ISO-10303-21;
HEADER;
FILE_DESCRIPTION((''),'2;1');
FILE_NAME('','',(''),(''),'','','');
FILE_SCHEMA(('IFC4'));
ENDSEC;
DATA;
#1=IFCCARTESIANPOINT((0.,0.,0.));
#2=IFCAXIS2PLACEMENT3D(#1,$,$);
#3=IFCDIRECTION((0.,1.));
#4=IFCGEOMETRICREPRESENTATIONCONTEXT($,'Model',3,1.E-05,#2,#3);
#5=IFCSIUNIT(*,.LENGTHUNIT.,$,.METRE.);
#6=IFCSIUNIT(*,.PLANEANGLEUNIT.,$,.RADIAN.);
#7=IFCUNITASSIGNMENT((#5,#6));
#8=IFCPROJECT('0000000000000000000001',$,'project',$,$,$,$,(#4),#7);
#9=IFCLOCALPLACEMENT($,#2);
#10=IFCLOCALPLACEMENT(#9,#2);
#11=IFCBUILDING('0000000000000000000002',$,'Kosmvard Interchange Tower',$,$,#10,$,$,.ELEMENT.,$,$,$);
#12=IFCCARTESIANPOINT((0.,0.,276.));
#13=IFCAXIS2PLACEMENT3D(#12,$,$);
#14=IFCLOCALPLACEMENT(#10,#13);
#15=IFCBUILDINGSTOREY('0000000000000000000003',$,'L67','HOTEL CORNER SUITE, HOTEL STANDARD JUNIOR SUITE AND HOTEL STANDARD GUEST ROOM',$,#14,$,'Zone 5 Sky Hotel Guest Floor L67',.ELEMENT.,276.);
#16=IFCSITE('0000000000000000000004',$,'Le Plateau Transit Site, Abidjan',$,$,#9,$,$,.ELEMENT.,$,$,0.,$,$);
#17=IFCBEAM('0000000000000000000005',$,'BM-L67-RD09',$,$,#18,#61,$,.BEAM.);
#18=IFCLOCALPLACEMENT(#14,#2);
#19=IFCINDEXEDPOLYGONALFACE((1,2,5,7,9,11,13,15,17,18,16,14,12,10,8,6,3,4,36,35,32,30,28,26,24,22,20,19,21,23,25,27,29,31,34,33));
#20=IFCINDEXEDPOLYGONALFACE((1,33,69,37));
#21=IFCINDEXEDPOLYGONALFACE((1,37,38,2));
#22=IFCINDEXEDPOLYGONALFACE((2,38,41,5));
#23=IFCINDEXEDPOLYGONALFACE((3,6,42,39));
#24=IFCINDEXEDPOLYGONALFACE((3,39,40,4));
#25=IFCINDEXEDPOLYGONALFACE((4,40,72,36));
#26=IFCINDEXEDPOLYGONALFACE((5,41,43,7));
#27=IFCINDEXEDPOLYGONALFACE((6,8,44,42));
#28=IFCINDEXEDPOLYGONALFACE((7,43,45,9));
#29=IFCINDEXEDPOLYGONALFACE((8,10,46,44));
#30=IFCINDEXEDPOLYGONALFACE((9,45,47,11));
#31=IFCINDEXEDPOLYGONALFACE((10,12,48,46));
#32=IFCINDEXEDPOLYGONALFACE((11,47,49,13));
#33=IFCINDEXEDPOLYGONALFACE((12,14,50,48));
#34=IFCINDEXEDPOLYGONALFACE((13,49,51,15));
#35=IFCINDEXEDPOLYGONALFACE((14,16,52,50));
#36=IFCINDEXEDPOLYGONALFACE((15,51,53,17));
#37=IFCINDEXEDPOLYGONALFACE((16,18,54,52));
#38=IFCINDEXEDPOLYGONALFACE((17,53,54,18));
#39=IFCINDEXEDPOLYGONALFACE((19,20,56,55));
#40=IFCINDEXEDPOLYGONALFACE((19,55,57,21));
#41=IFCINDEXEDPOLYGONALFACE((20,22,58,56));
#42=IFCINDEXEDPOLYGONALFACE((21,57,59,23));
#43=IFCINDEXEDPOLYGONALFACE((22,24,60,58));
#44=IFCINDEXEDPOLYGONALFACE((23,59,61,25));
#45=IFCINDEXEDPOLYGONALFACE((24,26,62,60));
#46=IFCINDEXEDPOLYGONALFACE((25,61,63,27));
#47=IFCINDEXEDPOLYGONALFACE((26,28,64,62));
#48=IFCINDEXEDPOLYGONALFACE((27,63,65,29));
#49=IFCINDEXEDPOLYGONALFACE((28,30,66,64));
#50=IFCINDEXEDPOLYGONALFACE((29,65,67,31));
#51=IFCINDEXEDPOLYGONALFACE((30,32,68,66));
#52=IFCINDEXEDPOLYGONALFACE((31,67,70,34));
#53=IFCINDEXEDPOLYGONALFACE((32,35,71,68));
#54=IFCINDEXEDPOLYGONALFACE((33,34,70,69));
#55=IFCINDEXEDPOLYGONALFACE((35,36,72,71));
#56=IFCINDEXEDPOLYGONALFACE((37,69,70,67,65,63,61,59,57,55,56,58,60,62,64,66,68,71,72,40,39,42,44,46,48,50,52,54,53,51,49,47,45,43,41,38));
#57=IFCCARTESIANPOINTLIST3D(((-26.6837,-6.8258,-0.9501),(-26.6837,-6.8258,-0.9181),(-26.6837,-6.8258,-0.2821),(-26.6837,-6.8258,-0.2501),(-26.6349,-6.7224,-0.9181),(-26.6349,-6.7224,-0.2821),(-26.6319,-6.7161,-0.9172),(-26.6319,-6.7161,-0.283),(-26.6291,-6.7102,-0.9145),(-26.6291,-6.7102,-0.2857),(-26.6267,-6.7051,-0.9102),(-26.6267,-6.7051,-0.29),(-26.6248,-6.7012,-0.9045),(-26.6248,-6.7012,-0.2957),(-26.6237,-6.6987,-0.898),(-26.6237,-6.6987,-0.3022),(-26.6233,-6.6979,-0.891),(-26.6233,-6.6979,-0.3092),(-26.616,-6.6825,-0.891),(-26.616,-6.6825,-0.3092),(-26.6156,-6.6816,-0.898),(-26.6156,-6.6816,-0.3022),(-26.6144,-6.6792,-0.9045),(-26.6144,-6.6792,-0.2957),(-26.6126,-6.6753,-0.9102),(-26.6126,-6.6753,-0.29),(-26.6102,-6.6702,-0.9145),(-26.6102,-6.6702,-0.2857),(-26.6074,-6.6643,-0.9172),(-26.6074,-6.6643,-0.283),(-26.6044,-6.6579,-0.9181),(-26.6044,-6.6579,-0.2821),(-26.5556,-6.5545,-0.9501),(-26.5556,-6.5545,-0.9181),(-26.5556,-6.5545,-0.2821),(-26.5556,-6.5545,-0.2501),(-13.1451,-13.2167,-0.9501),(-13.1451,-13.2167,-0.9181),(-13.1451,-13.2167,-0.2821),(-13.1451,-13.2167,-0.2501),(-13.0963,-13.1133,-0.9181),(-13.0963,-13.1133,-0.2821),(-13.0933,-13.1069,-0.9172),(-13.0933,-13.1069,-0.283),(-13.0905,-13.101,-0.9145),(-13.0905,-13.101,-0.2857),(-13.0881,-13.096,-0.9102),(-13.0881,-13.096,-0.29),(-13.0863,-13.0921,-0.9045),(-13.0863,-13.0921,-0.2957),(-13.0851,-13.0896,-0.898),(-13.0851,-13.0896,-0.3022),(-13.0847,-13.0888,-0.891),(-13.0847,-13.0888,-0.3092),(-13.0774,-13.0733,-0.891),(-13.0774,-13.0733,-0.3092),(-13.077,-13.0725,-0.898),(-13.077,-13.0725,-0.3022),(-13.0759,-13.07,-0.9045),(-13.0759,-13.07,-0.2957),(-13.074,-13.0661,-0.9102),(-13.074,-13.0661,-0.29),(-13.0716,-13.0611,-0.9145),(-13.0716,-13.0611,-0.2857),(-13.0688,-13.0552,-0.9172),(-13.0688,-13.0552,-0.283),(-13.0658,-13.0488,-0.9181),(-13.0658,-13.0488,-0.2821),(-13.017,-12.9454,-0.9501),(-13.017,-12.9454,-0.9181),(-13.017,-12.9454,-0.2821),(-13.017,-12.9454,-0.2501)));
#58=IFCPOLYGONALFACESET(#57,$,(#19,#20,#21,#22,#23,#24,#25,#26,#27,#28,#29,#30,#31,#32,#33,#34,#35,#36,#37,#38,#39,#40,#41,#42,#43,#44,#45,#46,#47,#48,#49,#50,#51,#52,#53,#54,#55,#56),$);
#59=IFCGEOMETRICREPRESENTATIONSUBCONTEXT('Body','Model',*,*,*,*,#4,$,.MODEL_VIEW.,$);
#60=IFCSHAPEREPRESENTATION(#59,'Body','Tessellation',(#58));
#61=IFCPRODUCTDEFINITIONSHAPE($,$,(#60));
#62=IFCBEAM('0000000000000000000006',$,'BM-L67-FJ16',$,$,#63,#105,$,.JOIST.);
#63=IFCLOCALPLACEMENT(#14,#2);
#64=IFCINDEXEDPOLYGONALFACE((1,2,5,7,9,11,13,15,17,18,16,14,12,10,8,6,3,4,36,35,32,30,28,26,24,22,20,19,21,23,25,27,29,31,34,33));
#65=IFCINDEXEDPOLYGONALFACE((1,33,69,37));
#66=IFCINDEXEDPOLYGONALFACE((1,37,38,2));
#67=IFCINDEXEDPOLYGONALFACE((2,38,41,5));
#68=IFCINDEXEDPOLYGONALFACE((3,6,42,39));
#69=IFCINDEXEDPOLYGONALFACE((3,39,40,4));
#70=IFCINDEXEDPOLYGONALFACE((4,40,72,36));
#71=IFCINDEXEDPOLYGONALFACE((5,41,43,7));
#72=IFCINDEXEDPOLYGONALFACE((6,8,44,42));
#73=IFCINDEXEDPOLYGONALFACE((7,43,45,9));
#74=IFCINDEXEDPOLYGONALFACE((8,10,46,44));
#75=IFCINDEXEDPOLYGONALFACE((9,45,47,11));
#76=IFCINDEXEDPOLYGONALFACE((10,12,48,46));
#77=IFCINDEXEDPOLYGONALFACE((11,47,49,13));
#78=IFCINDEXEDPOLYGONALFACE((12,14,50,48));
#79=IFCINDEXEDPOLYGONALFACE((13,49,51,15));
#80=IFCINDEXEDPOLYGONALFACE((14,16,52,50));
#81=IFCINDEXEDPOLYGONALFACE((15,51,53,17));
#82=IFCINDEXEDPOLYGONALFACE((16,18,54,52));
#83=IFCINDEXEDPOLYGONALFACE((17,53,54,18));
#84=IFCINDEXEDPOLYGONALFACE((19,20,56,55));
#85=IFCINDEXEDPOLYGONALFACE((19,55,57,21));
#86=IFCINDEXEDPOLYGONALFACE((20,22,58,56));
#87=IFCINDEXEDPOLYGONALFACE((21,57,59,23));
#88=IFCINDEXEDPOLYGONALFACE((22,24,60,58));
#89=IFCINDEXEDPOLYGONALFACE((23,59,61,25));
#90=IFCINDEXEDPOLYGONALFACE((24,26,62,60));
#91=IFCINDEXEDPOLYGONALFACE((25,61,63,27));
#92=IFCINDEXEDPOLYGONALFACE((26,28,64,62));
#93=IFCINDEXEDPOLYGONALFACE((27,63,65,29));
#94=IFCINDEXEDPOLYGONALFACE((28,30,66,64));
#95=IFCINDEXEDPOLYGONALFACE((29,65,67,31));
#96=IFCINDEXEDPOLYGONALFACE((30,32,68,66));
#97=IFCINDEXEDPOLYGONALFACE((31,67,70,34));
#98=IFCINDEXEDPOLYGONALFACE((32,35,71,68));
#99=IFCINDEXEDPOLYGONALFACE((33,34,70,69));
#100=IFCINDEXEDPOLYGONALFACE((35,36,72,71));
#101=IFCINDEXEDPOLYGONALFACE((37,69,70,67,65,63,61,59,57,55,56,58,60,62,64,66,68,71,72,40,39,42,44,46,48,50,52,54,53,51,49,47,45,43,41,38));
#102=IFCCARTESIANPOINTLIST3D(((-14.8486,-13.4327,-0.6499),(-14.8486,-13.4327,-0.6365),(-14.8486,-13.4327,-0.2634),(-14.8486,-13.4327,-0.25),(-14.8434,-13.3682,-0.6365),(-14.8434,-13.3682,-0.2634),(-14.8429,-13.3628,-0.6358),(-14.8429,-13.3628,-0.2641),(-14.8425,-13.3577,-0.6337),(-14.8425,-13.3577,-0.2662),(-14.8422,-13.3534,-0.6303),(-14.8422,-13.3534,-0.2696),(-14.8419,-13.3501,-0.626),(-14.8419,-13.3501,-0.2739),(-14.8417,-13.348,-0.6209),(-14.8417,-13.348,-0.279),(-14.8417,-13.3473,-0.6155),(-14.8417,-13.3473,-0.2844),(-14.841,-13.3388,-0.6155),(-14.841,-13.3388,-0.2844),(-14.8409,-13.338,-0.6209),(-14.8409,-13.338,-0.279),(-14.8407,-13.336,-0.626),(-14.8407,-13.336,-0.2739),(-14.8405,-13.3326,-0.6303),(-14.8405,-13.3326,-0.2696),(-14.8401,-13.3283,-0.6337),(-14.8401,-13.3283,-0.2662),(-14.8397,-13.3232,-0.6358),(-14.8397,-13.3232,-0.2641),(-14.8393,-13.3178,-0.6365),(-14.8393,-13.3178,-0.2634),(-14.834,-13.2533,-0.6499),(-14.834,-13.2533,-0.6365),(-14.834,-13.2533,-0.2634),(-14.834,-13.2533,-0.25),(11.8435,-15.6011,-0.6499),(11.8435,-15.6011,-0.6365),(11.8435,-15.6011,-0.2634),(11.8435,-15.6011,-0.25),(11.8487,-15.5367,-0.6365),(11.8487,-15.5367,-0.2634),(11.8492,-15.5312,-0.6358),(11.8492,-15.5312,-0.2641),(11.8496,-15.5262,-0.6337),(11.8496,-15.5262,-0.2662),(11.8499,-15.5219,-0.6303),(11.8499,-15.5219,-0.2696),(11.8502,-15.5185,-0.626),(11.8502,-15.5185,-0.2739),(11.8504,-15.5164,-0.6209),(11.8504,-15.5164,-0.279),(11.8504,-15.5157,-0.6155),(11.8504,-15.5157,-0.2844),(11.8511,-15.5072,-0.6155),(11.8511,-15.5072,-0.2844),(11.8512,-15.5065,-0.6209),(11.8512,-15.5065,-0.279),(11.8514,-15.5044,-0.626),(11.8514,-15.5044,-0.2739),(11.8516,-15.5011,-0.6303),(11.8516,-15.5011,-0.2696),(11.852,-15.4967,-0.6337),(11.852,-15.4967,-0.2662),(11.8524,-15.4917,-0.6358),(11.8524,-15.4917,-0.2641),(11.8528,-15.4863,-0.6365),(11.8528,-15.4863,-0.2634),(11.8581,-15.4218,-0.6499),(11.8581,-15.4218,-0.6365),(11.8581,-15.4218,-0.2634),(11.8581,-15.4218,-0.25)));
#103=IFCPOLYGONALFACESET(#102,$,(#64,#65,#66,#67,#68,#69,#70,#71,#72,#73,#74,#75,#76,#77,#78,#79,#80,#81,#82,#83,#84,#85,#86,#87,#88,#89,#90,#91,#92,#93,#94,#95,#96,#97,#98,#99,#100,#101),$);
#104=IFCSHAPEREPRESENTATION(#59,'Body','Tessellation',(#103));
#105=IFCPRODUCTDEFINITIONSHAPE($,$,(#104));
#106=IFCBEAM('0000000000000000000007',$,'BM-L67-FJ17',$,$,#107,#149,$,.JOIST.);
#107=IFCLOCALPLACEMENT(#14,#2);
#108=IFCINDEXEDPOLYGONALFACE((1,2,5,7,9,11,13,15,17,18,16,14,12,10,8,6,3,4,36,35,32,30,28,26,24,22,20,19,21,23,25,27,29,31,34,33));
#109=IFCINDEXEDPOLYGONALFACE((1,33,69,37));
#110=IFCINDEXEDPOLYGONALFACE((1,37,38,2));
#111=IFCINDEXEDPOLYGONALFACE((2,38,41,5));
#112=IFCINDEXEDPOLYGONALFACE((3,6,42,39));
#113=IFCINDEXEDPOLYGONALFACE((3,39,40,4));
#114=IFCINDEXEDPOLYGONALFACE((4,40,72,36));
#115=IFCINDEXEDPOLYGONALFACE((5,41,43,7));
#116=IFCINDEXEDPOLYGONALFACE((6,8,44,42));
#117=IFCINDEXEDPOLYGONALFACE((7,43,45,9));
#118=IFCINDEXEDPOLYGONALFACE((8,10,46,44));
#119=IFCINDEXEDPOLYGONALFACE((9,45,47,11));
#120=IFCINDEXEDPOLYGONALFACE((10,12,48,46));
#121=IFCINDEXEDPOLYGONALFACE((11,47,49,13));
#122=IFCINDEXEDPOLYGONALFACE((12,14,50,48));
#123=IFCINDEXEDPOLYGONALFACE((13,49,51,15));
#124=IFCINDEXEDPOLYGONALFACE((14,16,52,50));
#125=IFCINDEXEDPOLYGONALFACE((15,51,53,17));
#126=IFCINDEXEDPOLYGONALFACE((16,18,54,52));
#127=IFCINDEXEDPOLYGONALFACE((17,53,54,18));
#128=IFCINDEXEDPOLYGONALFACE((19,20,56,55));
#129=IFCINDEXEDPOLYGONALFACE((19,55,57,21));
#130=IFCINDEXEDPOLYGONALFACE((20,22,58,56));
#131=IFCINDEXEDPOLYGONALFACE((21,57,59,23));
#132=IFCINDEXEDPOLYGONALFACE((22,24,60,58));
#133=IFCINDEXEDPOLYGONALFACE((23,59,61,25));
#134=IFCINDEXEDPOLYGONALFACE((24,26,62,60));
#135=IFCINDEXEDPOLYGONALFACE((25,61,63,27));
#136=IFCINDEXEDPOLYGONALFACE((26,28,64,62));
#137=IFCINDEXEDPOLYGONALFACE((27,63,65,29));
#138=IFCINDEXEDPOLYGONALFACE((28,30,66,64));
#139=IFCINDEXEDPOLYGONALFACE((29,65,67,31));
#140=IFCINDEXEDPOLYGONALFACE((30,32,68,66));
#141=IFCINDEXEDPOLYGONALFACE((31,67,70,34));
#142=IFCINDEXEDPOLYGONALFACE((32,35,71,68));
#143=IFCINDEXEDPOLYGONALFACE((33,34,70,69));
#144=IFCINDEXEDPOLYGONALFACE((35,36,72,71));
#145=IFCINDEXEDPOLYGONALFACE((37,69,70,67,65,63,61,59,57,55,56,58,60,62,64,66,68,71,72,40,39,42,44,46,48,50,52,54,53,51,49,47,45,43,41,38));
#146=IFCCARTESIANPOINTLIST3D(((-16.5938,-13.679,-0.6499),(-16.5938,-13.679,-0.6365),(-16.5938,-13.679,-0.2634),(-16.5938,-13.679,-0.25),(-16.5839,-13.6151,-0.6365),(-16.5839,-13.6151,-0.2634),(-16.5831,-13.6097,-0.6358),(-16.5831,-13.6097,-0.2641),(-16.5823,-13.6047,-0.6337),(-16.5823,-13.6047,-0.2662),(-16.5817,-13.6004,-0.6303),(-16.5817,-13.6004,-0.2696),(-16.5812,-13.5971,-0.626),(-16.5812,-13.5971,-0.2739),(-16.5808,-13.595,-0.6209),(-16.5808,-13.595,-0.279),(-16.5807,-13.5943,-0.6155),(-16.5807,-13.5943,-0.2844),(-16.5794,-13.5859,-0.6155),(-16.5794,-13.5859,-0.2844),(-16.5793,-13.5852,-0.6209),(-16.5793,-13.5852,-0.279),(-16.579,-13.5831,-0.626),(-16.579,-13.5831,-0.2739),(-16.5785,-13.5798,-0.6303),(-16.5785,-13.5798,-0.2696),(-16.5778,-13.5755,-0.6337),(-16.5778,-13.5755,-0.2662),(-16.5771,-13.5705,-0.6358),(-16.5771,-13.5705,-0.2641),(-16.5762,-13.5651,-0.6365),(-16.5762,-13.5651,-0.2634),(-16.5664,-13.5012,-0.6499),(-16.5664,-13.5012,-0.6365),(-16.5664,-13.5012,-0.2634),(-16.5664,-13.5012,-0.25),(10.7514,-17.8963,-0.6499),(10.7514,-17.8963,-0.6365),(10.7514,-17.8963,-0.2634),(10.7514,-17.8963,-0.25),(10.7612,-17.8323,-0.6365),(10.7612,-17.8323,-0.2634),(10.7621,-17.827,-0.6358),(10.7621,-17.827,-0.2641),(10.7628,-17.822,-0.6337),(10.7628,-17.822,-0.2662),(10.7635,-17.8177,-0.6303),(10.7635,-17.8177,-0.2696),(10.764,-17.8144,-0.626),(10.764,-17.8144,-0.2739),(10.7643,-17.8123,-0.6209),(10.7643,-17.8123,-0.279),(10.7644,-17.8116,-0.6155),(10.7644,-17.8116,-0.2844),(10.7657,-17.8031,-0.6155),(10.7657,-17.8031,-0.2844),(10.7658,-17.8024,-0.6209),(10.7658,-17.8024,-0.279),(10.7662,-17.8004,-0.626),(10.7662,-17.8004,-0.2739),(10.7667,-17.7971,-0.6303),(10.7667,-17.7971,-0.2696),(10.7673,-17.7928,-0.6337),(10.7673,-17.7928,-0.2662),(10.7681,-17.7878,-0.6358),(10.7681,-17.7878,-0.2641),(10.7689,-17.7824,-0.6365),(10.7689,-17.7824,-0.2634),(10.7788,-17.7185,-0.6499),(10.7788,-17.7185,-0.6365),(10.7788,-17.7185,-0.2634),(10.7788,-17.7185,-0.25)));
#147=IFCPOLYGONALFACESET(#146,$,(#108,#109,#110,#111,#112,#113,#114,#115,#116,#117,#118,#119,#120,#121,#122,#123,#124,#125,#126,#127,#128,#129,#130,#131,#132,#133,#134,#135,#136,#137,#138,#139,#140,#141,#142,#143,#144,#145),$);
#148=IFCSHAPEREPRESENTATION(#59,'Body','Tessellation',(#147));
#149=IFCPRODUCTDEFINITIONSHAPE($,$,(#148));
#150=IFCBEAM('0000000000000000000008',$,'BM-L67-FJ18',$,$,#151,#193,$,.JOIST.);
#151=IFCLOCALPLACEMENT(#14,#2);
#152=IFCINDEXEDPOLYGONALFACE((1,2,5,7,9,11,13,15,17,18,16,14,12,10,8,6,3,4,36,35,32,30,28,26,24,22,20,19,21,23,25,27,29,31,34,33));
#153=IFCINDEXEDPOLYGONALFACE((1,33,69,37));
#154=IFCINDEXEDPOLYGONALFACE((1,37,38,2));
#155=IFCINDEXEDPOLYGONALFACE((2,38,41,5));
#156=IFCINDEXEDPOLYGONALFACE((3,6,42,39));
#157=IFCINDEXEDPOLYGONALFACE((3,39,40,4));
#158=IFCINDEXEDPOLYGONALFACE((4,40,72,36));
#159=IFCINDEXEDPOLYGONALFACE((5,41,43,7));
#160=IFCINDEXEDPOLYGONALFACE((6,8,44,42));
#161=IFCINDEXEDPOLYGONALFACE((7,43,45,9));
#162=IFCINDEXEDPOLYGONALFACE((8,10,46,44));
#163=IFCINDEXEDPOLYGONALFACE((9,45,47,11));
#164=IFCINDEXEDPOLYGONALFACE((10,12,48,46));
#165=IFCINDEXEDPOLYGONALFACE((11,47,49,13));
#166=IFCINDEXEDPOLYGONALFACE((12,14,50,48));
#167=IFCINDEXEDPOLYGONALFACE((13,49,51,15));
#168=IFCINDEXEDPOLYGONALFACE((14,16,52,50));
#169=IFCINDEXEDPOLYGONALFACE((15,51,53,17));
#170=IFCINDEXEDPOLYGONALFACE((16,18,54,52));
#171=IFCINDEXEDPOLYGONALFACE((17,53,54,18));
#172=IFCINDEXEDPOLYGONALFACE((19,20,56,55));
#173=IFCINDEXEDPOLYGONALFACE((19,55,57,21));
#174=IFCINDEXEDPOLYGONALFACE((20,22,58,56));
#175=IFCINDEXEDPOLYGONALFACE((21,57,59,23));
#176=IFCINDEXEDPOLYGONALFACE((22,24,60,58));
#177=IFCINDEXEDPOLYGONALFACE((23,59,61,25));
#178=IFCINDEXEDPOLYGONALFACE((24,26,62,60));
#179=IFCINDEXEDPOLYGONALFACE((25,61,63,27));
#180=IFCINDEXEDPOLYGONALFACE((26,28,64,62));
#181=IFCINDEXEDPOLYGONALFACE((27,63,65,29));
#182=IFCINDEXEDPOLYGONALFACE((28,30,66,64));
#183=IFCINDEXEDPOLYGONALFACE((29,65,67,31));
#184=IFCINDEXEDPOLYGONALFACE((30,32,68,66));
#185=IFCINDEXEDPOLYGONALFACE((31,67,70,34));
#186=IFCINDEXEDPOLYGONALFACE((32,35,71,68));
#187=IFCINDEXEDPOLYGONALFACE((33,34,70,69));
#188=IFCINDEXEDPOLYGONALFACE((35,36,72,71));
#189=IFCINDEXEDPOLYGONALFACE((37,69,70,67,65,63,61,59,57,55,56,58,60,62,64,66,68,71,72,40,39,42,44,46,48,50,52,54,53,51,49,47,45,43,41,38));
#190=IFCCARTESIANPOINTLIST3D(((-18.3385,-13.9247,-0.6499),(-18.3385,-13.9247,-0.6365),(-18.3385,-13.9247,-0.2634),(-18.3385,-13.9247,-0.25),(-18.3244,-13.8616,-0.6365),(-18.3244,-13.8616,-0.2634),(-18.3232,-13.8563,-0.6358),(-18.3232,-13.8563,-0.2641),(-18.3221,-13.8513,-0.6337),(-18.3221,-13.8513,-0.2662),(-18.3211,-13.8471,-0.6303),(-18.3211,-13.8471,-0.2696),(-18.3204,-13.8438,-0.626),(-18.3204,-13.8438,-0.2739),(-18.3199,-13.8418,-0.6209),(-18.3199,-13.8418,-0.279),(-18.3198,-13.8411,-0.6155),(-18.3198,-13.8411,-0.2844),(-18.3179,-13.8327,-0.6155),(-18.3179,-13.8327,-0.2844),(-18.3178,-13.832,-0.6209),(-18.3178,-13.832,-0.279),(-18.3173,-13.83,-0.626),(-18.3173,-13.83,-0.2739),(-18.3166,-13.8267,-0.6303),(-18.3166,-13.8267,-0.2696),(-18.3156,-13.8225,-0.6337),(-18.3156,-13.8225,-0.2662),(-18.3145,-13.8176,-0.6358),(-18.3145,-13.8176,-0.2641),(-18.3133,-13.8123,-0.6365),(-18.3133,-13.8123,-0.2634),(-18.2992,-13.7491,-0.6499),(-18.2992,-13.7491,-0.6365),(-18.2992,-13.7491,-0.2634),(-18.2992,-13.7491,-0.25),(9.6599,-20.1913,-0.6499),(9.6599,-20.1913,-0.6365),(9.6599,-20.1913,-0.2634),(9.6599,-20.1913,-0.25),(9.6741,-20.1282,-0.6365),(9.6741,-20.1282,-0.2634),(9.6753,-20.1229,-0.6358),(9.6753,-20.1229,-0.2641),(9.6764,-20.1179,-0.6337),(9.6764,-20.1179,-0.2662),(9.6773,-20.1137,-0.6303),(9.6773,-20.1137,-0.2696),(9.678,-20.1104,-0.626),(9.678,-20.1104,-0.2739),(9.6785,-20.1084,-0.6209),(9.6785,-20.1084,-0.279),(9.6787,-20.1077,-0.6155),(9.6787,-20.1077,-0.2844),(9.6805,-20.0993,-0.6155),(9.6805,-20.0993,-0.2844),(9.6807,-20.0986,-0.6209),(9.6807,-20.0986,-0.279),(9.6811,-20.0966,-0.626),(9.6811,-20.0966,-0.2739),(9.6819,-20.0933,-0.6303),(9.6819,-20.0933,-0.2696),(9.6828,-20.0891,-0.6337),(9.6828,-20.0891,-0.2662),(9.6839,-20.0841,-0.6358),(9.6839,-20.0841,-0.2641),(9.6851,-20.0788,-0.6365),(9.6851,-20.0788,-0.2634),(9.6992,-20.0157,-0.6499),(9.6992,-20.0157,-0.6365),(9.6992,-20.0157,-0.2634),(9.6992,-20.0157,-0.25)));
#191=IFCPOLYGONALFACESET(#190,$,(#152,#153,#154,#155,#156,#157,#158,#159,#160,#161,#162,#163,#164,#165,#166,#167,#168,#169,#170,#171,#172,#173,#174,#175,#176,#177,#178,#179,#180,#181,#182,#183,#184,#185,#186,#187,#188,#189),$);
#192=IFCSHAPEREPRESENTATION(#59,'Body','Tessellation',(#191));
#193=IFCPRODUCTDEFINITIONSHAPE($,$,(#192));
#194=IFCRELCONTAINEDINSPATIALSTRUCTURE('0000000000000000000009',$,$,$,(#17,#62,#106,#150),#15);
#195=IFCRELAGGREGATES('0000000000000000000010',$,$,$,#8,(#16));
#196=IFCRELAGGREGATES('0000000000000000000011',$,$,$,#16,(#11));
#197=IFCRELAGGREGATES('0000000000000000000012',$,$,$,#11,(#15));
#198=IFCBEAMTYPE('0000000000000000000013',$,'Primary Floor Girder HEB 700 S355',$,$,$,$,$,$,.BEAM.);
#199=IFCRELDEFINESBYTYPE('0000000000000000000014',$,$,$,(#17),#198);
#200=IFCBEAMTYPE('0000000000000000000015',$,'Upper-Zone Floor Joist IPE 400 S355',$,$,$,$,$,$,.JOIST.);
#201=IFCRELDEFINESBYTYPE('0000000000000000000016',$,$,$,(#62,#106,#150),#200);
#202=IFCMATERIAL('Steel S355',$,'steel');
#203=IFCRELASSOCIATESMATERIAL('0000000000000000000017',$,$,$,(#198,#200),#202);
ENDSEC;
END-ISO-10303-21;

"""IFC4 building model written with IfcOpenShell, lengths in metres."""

from ifc_helpers import new_model, si_unit, direction, frame, origin, origin_2d, place, context, subcontext, project, spatial, i_section, extrude, source, transform, mapped, material, material_profile, profile_set, type_object, element, save


model = new_model("IFC4")

# Units and contexts
model_context = context("Model", 3, precision=1e-05, world=origin(), true_north=direction((0.0, 1.0)))
body_context = subcontext(model_context, "Body", "Model", "MODEL_VIEW")
ifc_project = project(units=[si_unit("LENGTHUNIT", "METRE"), si_unit("PLANEANGLEUNIT", "RADIAN")], contexts=[model_context])

# Site, building, storey
site_placement = place(None, origin())
site = spatial("IfcSite", under=ifc_project, at=site_placement, Name="Le Plateau Transit Site, Abidjan", CompositionType="ELEMENT", RefElevation=0.0)
building_placement = place(site_placement, origin())
building = spatial("IfcBuilding", under=site, at=building_placement, Name="Kosmvard Interchange Tower", CompositionType="ELEMENT")
storey_placement = place(building_placement, frame((0.0, 0.0, 276.0)))
storey = spatial("IfcBuildingStorey", under=building, at=storey_placement, Name="L67", Description="HOTEL CORNER SUITE, HOTEL STANDARD JUNIOR SUITE AND HOTEL STANDARD GUEST ROOM", LongName="Zone 5 Sky Hotel Guest Floor L67", CompositionType="ELEMENT", Elevation=276.0)

# Beams
ifc_material_1 = material(Name="Steel S355", Category="steel")
ifc_material_profile_1 = material_profile(ifc_material_1, i_section(OverallWidth=0.3, OverallDepth=0.7, WebThickness=0.0171, FlangeThickness=0.032, FilletRadius=0.0271, at=origin_2d()), Name="HEB 700")
ifc_profile_set_1 = profile_set([ifc_material_profile_1], Name="Steel S355")
beam_type_1 = type_object("IfcBeamType", Name="Primary Floor Girder HEB 700 S355", PredefinedType="BEAM", material=ifc_profile_set_1)
shared_shape_1 = source(origin(), body_context, "Body", "SweptSolid", [
    extrude(i_section(OverallWidth=0.3, OverallDepth=0.7, WebThickness=0.0171, FlangeThickness=0.032, FilletRadius=0.0271, at=origin_2d()), origin(), (0.0, 0.0, 1.0), 14.9712),
])
beam_1_placement = place(storey_placement, frame((-13.0811, -13.0811, -0.6001), z_axis=(-0.904309, 0.426878, 0.0), x_axis=(-0.426878, -0.904309, 0.0)))
element("IfcBeam", 1, at=beam_1_placement, inside=storey, type_object=beam_type_1, Name="BM-L67-RD09", PredefinedType="BEAM", context=body_context, shape_type="MappedRepresentation", body=[
    mapped(shared_shape_1, transform((0.0, 0.0, 0.0), scale=1.0)),
])
ifc_material_profile_2 = material_profile(ifc_material_1, i_section(OverallWidth=0.1799, OverallDepth=0.3999, WebThickness=0.0085, FlangeThickness=0.0134, FilletRadius=0.021, at=origin_2d()), Name="IPE 400")
ifc_profile_set_2 = profile_set([ifc_material_profile_2], Name="Steel S355")
beam_type_2 = type_object("IfcBeamType", Name="Upper-Zone Floor Joist IPE 400 S355", PredefinedType="JOIST", material=ifc_profile_set_2)
shared_shape_2 = source(origin(), body_context, "Body", "SweptSolid", [
    extrude(i_section(OverallWidth=0.1799, OverallDepth=0.3999, WebThickness=0.0085, FlangeThickness=0.0134, FilletRadius=0.021, at=origin_2d()), origin(), (0.0, 0.0, 1.0), 26.78),
])
beam_2_placement = place(storey_placement, frame((-14.8413, -13.343, -0.45), z_axis=(0.996716, -0.080973, 0.0), x_axis=(0.080973, 0.996716, 0.0)))
element("IfcBeam", 2, at=beam_2_placement, inside=storey, type_object=beam_type_2, Name="BM-L67-FJ16", PredefinedType="JOIST", context=body_context, shape_type="MappedRepresentation", body=[
    mapped(shared_shape_2, transform((0.0, 0.0, 0.0), scale=1.0)),
])
shared_shape_3 = source(origin(), body_context, "Body", "SweptSolid", [
    extrude(i_section(OverallWidth=0.1799, OverallDepth=0.3999, WebThickness=0.0085, FlangeThickness=0.0134, FilletRadius=0.021, at=origin_2d()), origin(), (0.0, 0.0, 1.0), 27.6685),
])
beam_3_placement = place(storey_placement, frame((-16.5801, -13.5901, -0.45), z_axis=(0.988316, -0.152422, 0.0), x_axis=(0.152422, 0.988316, 0.0)))
element("IfcBeam", 3, at=beam_3_placement, inside=storey, type_object=beam_type_2, Name="BM-L67-FJ17", PredefinedType="JOIST", context=body_context, shape_type="MappedRepresentation", body=[
    mapped(shared_shape_3, transform((0.0, 0.0, 0.0), scale=1.0)),
])
shared_shape_4 = source(origin(), body_context, "Body", "SweptSolid", [
    extrude(i_section(OverallWidth=0.1799, OverallDepth=0.3999, WebThickness=0.0085, FlangeThickness=0.0134, FilletRadius=0.021, at=origin_2d()), origin(), (0.0, 0.0, 1.0), 28.6912),
])
beam_4_placement = place(storey_placement, frame((-18.3188, -13.8369, -0.45), z_axis=(0.975856, -0.218415, 0.0), x_axis=(0.218415, 0.975856, 0.0)))
element("IfcBeam", 4, at=beam_4_placement, inside=storey, type_object=beam_type_2, Name="BM-L67-FJ18", PredefinedType="JOIST", context=body_context, shape_type="MappedRepresentation", body=[
    mapped(shared_shape_4, transform((0.0, 0.0, 0.0), scale=1.0)),
])

save(model, "model.ifc")
